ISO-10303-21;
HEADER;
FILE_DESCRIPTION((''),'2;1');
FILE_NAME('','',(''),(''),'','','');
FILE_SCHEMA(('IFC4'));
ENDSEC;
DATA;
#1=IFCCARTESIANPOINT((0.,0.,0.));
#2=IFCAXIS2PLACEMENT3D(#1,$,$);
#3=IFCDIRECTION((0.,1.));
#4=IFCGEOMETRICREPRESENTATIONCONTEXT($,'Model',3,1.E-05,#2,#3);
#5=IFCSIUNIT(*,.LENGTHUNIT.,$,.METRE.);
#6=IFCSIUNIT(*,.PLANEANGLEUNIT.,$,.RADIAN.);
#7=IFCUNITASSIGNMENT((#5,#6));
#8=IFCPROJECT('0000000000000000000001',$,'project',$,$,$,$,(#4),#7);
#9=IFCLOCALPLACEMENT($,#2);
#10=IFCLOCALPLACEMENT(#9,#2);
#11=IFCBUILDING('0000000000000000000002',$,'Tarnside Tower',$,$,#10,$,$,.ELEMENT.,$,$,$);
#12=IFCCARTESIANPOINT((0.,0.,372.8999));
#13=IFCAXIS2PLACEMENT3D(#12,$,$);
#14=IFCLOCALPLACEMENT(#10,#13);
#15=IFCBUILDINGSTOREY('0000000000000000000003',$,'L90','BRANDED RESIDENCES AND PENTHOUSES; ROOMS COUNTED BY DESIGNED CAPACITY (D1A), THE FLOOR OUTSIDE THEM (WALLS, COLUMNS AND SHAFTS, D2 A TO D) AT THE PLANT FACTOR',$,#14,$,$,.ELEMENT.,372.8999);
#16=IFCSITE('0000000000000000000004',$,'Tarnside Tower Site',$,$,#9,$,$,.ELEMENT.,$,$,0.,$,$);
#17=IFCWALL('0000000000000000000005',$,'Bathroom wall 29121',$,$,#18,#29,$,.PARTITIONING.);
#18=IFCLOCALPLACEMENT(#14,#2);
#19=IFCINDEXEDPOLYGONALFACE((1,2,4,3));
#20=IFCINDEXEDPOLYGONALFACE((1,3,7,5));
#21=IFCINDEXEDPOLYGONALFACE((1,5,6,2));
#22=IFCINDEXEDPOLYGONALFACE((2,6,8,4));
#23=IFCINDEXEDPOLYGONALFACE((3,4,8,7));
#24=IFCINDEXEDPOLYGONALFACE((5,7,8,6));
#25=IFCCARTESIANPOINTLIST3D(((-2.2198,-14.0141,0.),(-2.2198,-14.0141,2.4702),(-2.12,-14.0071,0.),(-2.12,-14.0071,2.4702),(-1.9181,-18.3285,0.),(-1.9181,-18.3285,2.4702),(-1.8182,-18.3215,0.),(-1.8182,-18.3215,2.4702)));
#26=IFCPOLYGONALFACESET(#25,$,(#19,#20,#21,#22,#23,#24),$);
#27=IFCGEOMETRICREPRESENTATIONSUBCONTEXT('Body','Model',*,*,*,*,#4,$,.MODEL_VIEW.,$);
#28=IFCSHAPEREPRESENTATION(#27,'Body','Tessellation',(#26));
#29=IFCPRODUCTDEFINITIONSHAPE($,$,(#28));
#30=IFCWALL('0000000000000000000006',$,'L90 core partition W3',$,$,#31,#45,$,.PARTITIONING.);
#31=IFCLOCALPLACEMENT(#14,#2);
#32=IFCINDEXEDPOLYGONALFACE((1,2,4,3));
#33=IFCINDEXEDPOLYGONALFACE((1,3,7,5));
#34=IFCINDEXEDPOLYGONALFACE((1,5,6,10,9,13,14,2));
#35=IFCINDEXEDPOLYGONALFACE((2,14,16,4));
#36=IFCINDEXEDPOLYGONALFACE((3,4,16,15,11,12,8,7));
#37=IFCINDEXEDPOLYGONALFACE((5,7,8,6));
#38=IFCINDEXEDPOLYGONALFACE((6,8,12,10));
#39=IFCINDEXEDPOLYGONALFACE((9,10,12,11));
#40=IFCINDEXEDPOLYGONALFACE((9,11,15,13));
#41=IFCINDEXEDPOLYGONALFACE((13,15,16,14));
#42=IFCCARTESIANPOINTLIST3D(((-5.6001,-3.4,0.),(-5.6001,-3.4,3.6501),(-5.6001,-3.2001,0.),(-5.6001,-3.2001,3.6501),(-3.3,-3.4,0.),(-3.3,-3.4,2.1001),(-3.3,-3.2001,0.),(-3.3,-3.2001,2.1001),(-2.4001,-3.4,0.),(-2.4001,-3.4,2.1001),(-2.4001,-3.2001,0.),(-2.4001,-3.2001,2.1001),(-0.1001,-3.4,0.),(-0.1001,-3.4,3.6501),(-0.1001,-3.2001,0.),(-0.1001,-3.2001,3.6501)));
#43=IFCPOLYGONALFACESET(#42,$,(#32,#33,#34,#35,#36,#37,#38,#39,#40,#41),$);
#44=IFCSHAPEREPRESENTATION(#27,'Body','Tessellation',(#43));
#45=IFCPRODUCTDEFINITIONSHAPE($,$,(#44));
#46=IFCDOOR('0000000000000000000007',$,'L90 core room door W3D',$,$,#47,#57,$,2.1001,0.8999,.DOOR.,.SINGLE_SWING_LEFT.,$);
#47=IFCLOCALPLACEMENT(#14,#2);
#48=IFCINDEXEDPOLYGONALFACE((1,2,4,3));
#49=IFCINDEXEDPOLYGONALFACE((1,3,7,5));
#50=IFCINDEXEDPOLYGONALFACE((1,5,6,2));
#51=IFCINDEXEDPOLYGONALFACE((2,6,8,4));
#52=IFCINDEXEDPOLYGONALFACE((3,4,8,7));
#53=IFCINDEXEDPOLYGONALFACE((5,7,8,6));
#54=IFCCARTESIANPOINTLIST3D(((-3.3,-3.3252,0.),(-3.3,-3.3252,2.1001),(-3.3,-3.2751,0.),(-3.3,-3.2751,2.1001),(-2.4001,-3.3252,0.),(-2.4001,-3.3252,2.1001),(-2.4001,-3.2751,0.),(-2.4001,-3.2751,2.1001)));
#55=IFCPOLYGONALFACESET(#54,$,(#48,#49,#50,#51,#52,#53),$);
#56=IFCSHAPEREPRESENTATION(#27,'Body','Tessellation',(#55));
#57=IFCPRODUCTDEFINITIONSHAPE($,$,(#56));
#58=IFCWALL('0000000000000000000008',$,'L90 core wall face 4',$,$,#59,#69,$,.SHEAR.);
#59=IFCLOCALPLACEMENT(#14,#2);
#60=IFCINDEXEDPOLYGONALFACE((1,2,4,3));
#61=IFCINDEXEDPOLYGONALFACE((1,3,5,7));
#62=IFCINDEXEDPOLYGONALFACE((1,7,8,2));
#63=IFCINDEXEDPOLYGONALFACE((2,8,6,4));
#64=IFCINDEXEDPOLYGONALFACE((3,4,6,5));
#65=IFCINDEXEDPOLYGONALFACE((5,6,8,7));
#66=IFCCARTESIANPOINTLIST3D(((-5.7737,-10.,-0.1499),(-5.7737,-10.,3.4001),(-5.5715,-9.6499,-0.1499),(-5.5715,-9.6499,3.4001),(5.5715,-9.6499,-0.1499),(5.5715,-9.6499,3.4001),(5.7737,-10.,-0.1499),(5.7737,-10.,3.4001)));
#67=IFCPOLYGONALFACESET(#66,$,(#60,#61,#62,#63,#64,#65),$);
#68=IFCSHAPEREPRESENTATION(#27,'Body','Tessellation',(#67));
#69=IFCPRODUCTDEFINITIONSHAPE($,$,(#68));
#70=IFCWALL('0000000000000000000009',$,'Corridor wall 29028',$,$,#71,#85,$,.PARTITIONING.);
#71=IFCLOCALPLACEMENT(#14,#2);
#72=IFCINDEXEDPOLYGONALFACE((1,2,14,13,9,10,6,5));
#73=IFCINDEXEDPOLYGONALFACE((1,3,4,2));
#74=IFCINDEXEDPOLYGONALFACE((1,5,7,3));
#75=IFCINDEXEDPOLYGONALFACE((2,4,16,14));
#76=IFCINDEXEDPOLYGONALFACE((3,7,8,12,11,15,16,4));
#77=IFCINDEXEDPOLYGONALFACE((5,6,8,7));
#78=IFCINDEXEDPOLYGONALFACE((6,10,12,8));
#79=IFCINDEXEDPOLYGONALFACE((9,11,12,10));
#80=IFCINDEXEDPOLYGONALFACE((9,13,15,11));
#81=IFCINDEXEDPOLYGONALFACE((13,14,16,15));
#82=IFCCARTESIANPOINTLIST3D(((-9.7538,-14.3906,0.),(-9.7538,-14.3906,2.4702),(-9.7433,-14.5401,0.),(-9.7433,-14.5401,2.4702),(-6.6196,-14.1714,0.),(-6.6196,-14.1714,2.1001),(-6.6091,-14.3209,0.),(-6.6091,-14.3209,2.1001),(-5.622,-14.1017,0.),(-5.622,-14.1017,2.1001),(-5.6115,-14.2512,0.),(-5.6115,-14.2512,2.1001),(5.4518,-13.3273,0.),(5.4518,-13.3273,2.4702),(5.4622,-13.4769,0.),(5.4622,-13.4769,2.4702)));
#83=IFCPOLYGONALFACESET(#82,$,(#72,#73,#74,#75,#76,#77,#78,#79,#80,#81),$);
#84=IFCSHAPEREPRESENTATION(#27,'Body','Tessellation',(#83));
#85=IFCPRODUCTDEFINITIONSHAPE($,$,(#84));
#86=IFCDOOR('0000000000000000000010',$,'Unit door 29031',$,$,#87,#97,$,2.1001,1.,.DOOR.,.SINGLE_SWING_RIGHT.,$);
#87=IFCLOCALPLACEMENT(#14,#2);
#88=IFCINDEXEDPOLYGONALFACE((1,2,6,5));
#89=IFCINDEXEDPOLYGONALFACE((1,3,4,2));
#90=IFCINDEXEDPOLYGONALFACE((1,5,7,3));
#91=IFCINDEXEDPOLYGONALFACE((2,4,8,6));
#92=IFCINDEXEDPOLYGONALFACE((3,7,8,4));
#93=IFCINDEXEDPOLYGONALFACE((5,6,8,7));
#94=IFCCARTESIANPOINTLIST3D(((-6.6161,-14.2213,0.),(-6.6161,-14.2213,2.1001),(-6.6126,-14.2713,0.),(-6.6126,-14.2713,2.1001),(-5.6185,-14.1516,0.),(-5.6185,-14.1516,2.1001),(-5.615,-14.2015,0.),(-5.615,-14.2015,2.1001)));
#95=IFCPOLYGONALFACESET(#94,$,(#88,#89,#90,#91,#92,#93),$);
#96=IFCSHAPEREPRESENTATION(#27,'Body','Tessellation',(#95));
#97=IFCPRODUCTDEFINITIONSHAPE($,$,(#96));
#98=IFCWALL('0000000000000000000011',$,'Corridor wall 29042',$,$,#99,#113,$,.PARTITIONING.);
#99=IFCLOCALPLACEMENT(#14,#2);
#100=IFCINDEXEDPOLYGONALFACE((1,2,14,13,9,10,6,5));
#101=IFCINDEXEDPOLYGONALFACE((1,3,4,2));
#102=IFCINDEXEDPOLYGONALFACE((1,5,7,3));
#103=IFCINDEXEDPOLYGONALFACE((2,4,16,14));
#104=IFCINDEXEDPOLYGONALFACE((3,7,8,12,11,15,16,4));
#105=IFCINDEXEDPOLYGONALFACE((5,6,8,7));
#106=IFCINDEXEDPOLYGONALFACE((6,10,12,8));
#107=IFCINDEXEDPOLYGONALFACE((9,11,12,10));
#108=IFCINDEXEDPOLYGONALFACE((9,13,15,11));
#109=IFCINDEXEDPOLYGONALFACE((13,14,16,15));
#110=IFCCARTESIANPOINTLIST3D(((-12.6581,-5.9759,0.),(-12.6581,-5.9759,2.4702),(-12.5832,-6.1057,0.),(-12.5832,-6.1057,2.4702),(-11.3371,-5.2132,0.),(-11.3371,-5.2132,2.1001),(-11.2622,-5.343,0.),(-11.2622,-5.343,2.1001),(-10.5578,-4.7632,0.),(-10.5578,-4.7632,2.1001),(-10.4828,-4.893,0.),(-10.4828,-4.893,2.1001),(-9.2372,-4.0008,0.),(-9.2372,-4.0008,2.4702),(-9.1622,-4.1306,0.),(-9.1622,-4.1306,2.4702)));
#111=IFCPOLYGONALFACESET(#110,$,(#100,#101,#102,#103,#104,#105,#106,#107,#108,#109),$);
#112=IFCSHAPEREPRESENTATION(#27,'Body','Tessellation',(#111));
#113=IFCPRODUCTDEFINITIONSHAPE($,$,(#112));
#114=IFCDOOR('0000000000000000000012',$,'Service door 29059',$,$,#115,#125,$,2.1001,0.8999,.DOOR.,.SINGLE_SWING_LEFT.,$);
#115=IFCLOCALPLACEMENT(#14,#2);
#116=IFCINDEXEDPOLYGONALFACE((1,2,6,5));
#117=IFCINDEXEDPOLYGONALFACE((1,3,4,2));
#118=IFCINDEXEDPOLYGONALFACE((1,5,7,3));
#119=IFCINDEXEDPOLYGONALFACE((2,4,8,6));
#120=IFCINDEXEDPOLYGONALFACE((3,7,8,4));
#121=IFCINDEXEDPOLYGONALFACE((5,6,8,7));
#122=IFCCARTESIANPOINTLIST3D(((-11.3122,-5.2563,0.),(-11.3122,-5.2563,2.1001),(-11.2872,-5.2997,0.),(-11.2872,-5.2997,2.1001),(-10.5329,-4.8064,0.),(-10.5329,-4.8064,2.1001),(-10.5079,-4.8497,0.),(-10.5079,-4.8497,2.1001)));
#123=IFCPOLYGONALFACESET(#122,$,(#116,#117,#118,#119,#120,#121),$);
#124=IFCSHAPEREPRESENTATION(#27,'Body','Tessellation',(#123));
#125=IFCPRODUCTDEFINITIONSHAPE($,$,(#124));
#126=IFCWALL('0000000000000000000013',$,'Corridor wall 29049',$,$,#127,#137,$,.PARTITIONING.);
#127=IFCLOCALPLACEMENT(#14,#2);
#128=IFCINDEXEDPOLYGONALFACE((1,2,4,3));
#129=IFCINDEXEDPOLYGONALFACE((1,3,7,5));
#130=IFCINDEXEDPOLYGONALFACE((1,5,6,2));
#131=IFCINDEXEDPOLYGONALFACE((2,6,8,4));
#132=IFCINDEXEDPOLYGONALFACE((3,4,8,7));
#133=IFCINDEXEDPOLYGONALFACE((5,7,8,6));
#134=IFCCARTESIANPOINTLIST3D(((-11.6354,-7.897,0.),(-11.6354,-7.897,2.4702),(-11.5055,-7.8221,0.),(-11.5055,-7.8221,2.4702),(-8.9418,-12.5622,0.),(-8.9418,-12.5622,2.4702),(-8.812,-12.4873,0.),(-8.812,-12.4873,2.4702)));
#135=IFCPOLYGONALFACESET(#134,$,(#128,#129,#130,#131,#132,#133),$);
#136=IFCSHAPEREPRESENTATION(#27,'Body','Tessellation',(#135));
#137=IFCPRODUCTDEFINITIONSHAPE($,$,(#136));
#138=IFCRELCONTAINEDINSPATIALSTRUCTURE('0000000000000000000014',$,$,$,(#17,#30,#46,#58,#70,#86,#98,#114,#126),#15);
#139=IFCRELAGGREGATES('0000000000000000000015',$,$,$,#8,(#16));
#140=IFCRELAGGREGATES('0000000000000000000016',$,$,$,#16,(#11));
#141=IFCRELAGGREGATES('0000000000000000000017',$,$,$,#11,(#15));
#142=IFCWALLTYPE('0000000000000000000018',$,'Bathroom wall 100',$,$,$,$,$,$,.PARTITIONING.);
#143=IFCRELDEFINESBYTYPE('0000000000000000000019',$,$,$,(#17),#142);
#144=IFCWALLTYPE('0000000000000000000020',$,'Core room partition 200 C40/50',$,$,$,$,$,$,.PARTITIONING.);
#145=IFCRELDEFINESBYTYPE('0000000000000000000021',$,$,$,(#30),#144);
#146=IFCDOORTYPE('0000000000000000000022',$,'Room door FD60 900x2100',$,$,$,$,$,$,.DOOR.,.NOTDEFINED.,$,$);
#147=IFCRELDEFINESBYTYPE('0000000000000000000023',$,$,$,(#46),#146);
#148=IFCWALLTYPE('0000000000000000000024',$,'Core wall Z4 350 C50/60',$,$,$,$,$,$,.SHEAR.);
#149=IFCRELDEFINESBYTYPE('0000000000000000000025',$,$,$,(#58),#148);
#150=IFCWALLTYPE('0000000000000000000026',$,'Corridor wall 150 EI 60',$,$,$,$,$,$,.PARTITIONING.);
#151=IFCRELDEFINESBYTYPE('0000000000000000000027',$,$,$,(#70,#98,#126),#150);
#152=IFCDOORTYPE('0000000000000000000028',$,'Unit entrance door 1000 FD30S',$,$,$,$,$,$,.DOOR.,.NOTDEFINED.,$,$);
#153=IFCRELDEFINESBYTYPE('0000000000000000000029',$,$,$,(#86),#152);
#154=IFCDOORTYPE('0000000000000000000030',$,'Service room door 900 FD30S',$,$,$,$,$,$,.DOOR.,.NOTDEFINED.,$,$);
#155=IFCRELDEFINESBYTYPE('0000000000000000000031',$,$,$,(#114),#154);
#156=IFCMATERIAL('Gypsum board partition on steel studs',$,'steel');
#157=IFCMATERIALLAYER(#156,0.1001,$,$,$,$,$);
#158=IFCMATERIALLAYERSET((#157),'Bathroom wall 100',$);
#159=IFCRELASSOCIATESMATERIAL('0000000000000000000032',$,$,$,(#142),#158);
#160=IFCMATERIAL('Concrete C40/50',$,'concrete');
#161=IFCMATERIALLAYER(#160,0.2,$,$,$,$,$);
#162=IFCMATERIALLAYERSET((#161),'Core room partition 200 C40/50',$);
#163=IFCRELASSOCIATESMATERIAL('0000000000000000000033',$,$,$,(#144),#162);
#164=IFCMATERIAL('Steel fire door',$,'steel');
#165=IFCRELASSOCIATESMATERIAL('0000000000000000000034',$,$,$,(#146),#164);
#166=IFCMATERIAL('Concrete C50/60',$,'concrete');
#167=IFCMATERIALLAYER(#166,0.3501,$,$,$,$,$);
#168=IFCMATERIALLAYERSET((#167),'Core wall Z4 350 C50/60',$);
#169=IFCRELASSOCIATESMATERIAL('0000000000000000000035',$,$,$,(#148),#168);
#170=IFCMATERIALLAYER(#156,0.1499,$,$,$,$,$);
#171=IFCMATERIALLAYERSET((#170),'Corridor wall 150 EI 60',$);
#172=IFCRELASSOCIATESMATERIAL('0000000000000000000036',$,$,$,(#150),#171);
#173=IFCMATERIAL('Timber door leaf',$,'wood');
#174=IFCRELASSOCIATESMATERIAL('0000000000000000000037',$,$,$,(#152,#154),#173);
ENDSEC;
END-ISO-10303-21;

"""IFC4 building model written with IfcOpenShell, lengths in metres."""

from ifc_helpers import new_model, si_unit, direction, frame, frame_2d, origin, place, context, subcontext, project, spatial, polyline, rectangle, outline, extrude, material, layer, layer_set, type_object, element, fill, save


model = new_model("IFC4")

# Units and contexts
model_context = context("Model", 3, precision=1e-05, world=origin(), true_north=direction((0.0, 1.0)))
body_context = subcontext(model_context, "Body", "Model", "MODEL_VIEW")
ifc_project = project(units=[si_unit("LENGTHUNIT", "METRE"), si_unit("PLANEANGLEUNIT", "RADIAN")], contexts=[model_context])

# Site, building, storey
site_placement = place(None, origin())
site = spatial("IfcSite", under=ifc_project, at=site_placement, Name="Tarnside Tower Site", CompositionType="ELEMENT", RefElevation=0.0)
building_placement = place(site_placement, origin())
building = spatial("IfcBuilding", under=site, at=building_placement, Name="Tarnside Tower", CompositionType="ELEMENT")
storey_placement = place(building_placement, frame((0.0, 0.0, 372.8999)))
storey = spatial("IfcBuildingStorey", under=building, at=storey_placement, Name="L90", Description="BRANDED RESIDENCES AND PENTHOUSES; ROOMS COUNTED BY DESIGNED CAPACITY (D1A), THE FLOOR OUTSIDE THEM (WALLS, COLUMNS AND SHAFTS, D2 A TO D) AT THE PLANT FACTOR", CompositionType="ELEMENT", Elevation=372.8999)

# Wall
ifc_material_1 = material(Name="Gypsum board partition on steel studs", Category="steel")
ifc_layer_1 = layer(ifc_material_1, 0.1001)
ifc_layer_set_1 = layer_set([ifc_layer_1], Name="Bathroom wall 100")
wall_type_1 = type_object("IfcWallType", Name="Bathroom wall 100", PredefinedType="PARTITIONING", material=ifc_layer_set_1)
wall_1_placement = place(storey_placement, frame((-2.1699, -14.0105, 0.0), z_axis=(0.0, 0.0, 1.0), x_axis=(0.069771, -0.997563, 0.0)))
element("IfcWall", 1, at=wall_1_placement, inside=storey, type_object=wall_type_1, Name="Bathroom wall 29121", PredefinedType="PARTITIONING", context=body_context, shape_type="SweptSolid", body=[
    extrude(rectangle(XDim=4.325, YDim=0.1001, at=frame_2d((2.1626, 0.0))), origin(), (0.0, 0.0, 1.0), 2.4702),
])

# Wall, opening, door
ifc_material_2 = material(Name="Concrete C40/50", Category="concrete")
ifc_layer_2 = layer(ifc_material_2, 0.2)
ifc_layer_set_2 = layer_set([ifc_layer_2], Name="Core room partition 200 C40/50")
wall_type_2 = type_object("IfcWallType", Name="Core room partition 200 C40/50", PredefinedType="PARTITIONING", material=ifc_layer_set_2)
wall_2_placement = place(storey_placement, frame((-5.6001, -3.3, 0.0), z_axis=(0.0, 0.0, 1.0), x_axis=(1.0, 0.0, 0.0)))
wall_2 = element("IfcWall", 2, at=wall_2_placement, inside=storey, type_object=wall_type_2, Name="L90 core partition W3", PredefinedType="PARTITIONING", context=body_context, shape_type="SweptSolid", body=[
    extrude(rectangle(XDim=5.5, YDim=0.2, at=frame_2d((2.75, 0.0))), origin(), (0.0, 0.0, 1.0), 3.6501),
])
opening_1_placement = place(wall_2_placement, frame((2.3, 0.0, 0.0)))
opening_1 = element("IfcOpeningElement", 3, at=opening_1_placement, cuts=wall_2, PredefinedType="OPENING", context=body_context, shape_type="SweptSolid", body=[
    extrude(rectangle(XDim=0.8999, YDim=2.1001, at=frame_2d((0.45, 1.05))), frame((0.0, 0.1099, 0.0), z_axis=(0.0, -1.0, 0.0), x_axis=(1.0, 0.0, 0.0)), (0.0, 0.0, 1.0), 0.22),
])
ifc_material_3 = material(Name="Steel fire door", Category="steel")
door_type_1 = type_object("IfcDoorType", Name="Room door FD60 900x2100", OperationType="NOTDEFINED", PredefinedType="DOOR", material=ifc_material_3)
door_1_placement = place(opening_1_placement, origin())
door_1 = element("IfcDoor", 4, at=door_1_placement, inside=storey, type_object=door_type_1, Name="L90 core room door W3D", OperationType="SINGLE_SWING_LEFT", OverallHeight=2.1001, OverallWidth=0.8999, PredefinedType="DOOR", context=body_context, shape_type="SweptSolid", body=[
    extrude(rectangle(XDim=0.8999, YDim=2.1001, at=frame_2d((0.45, 1.05))), frame((0.0, 0.0249, 0.0), z_axis=(0.0, -1.0, 0.0), x_axis=(1.0, 0.0, 0.0)), (0.0, 0.0, 1.0), 0.05),
])
fill(opening_1, door_1)

# Wall
ifc_material_4 = material(Name="Concrete C50/60", Category="concrete")
ifc_layer_3 = layer(ifc_material_4, 0.3501)
ifc_layer_set_3 = layer_set([ifc_layer_3], Name="Core wall Z4 350 C50/60")
wall_type_3 = type_object("IfcWallType", Name="Core wall Z4 350 C50/60", PredefinedType="SHEAR", material=ifc_layer_set_3)
wall_3_placement = place(storey_placement, frame((-5.6726, -9.825, -0.1499), z_axis=(0.0, 0.0, 1.0), x_axis=(1.0, 0.0, 0.0)))
element("IfcWall", 5, at=wall_3_placement, inside=storey, type_object=wall_type_3, Name="L90 core wall face 4", PredefinedType="SHEAR", context=body_context, shape_type="SweptSolid", body=[
    extrude(outline(polyline([(-0.1011, -0.175), (11.4463, -0.175), (11.2441, 0.175), (0.1011, 0.175), (-0.1011, -0.175)])), origin(), (0.0, 0.0, 1.0), 3.55),
])

# Walls, openings, doors
ifc_layer_4 = layer(ifc_material_1, 0.1499)
ifc_layer_set_4 = layer_set([ifc_layer_4], Name="Corridor wall 150 EI 60")
wall_type_4 = type_object("IfcWallType", Name="Corridor wall 150 EI 60", PredefinedType="PARTITIONING", material=ifc_layer_set_4)
wall_4_placement = place(storey_placement, frame((-9.7485, -14.4653, 0.0), z_axis=(0.0, 0.0, 1.0), x_axis=(0.997564, 0.069754, 0.0)))
wall_4 = element("IfcWall", 6, at=wall_4_placement, inside=storey, type_object=wall_type_4, Name="Corridor wall 29028", PredefinedType="PARTITIONING", context=body_context, shape_type="SweptSolid", body=[
    extrude(rectangle(XDim=15.2427, YDim=0.1499, at=frame_2d((7.6213, 0.0))), origin(), (0.0, 0.0, 1.0), 2.4702),
])
opening_2_placement = place(wall_4_placement, frame((3.1418, 0.0, 0.0)))
opening_2 = element("IfcOpeningElement", 7, at=opening_2_placement, cuts=wall_4, PredefinedType="OPENING", context=body_context, shape_type="SweptSolid", body=[
    extrude(rectangle(XDim=1.0, YDim=2.1001, at=frame_2d((0.5, 1.05))), frame((0.0, 0.085, 0.0), z_axis=(0.0, -1.0, 0.0), x_axis=(1.0, 0.0, 0.0)), (0.0, 0.0, 1.0), 0.1699),
])
ifc_material_5 = material(Name="Timber door leaf", Category="wood")
door_type_2 = type_object("IfcDoorType", Name="Unit entrance door 1000 FD30S", OperationType="NOTDEFINED", PredefinedType="DOOR", material=ifc_material_5)
door_2_placement = place(opening_2_placement, origin())
door_2 = element("IfcDoor", 8, at=door_2_placement, inside=storey, type_object=door_type_2, Name="Unit door 29031", OperationType="SINGLE_SWING_RIGHT", OverallHeight=2.1001, OverallWidth=1.0, PredefinedType="DOOR", context=body_context, shape_type="SweptSolid", body=[
    extrude(rectangle(XDim=1.0, YDim=2.1001, at=frame_2d((0.5, 1.05))), frame((0.0, 0.0249, 0.0), z_axis=(0.0, -1.0, 0.0), x_axis=(1.0, 0.0, 0.0)), (0.0, 0.0, 1.0), 0.05),
])
fill(opening_2, door_2)
wall_5_placement = place(storey_placement, frame((-9.1997, -4.0657, 0.0), z_axis=(0.0, 0.0, 1.0), x_axis=(-0.866021, -0.500008, 0.0)))
wall_5 = element("IfcWall", 9, at=wall_5_placement, inside=storey, type_object=wall_type_4, Name="Corridor wall 29042", PredefinedType="PARTITIONING", context=body_context, shape_type="SweptSolid", body=[
    extrude(rectangle(XDim=3.9502, YDim=0.1499, at=frame_2d((1.9751, 0.0))), origin(), (0.0, 0.0, 1.0), 2.4702),
])
opening_3_placement = place(wall_5_placement, frame((1.5249, 0.0, 0.0)))
opening_3 = element("IfcOpeningElement", 10, at=opening_3_placement, cuts=wall_5, PredefinedType="OPENING", context=body_context, shape_type="SweptSolid", body=[
    extrude(rectangle(XDim=0.8999, YDim=2.1001, at=frame_2d((0.45, 1.05))), frame((0.0, 0.085, 0.0), z_axis=(0.0, -1.0, 0.0), x_axis=(1.0, 0.0, 0.0)), (0.0, 0.0, 1.0), 0.1699),
])
door_type_3 = type_object("IfcDoorType", Name="Service room door 900 FD30S", OperationType="NOTDEFINED", PredefinedType="DOOR", material=ifc_material_5)
door_3_placement = place(opening_3_placement, origin())
door_3 = element("IfcDoor", 11, at=door_3_placement, inside=storey, type_object=door_type_3, Name="Service door 29059", OperationType="SINGLE_SWING_LEFT", OverallHeight=2.1001, OverallWidth=0.8999, PredefinedType="DOOR", context=body_context, shape_type="SweptSolid", body=[
    extrude(rectangle(XDim=0.8999, YDim=2.1001, at=frame_2d((0.45, 1.05))), frame((0.0, 0.0249, 0.0), z_axis=(0.0, -1.0, 0.0), x_axis=(1.0, 0.0, 0.0)), (0.0, 0.0, 1.0), 0.05),
])
fill(opening_3, door_3)

# Wall
wall_6_placement = place(storey_placement, frame((-8.877, -12.5247, 0.0), z_axis=(0.0, 0.0, 1.0), x_axis=(-0.500014, 0.866017, 0.0)))
element("IfcWall", 12, at=wall_6_placement, inside=storey, type_object=wall_type_4, Name="Corridor wall 29049", PredefinedType="PARTITIONING", context=body_context, shape_type="SweptSolid", body=[
    extrude(rectangle(XDim=5.387, YDim=0.1499, at=frame_2d((2.6934, 0.0))), origin(), (0.0, 0.0, 1.0), 2.4702),
])

save(model, "model.ifc")
